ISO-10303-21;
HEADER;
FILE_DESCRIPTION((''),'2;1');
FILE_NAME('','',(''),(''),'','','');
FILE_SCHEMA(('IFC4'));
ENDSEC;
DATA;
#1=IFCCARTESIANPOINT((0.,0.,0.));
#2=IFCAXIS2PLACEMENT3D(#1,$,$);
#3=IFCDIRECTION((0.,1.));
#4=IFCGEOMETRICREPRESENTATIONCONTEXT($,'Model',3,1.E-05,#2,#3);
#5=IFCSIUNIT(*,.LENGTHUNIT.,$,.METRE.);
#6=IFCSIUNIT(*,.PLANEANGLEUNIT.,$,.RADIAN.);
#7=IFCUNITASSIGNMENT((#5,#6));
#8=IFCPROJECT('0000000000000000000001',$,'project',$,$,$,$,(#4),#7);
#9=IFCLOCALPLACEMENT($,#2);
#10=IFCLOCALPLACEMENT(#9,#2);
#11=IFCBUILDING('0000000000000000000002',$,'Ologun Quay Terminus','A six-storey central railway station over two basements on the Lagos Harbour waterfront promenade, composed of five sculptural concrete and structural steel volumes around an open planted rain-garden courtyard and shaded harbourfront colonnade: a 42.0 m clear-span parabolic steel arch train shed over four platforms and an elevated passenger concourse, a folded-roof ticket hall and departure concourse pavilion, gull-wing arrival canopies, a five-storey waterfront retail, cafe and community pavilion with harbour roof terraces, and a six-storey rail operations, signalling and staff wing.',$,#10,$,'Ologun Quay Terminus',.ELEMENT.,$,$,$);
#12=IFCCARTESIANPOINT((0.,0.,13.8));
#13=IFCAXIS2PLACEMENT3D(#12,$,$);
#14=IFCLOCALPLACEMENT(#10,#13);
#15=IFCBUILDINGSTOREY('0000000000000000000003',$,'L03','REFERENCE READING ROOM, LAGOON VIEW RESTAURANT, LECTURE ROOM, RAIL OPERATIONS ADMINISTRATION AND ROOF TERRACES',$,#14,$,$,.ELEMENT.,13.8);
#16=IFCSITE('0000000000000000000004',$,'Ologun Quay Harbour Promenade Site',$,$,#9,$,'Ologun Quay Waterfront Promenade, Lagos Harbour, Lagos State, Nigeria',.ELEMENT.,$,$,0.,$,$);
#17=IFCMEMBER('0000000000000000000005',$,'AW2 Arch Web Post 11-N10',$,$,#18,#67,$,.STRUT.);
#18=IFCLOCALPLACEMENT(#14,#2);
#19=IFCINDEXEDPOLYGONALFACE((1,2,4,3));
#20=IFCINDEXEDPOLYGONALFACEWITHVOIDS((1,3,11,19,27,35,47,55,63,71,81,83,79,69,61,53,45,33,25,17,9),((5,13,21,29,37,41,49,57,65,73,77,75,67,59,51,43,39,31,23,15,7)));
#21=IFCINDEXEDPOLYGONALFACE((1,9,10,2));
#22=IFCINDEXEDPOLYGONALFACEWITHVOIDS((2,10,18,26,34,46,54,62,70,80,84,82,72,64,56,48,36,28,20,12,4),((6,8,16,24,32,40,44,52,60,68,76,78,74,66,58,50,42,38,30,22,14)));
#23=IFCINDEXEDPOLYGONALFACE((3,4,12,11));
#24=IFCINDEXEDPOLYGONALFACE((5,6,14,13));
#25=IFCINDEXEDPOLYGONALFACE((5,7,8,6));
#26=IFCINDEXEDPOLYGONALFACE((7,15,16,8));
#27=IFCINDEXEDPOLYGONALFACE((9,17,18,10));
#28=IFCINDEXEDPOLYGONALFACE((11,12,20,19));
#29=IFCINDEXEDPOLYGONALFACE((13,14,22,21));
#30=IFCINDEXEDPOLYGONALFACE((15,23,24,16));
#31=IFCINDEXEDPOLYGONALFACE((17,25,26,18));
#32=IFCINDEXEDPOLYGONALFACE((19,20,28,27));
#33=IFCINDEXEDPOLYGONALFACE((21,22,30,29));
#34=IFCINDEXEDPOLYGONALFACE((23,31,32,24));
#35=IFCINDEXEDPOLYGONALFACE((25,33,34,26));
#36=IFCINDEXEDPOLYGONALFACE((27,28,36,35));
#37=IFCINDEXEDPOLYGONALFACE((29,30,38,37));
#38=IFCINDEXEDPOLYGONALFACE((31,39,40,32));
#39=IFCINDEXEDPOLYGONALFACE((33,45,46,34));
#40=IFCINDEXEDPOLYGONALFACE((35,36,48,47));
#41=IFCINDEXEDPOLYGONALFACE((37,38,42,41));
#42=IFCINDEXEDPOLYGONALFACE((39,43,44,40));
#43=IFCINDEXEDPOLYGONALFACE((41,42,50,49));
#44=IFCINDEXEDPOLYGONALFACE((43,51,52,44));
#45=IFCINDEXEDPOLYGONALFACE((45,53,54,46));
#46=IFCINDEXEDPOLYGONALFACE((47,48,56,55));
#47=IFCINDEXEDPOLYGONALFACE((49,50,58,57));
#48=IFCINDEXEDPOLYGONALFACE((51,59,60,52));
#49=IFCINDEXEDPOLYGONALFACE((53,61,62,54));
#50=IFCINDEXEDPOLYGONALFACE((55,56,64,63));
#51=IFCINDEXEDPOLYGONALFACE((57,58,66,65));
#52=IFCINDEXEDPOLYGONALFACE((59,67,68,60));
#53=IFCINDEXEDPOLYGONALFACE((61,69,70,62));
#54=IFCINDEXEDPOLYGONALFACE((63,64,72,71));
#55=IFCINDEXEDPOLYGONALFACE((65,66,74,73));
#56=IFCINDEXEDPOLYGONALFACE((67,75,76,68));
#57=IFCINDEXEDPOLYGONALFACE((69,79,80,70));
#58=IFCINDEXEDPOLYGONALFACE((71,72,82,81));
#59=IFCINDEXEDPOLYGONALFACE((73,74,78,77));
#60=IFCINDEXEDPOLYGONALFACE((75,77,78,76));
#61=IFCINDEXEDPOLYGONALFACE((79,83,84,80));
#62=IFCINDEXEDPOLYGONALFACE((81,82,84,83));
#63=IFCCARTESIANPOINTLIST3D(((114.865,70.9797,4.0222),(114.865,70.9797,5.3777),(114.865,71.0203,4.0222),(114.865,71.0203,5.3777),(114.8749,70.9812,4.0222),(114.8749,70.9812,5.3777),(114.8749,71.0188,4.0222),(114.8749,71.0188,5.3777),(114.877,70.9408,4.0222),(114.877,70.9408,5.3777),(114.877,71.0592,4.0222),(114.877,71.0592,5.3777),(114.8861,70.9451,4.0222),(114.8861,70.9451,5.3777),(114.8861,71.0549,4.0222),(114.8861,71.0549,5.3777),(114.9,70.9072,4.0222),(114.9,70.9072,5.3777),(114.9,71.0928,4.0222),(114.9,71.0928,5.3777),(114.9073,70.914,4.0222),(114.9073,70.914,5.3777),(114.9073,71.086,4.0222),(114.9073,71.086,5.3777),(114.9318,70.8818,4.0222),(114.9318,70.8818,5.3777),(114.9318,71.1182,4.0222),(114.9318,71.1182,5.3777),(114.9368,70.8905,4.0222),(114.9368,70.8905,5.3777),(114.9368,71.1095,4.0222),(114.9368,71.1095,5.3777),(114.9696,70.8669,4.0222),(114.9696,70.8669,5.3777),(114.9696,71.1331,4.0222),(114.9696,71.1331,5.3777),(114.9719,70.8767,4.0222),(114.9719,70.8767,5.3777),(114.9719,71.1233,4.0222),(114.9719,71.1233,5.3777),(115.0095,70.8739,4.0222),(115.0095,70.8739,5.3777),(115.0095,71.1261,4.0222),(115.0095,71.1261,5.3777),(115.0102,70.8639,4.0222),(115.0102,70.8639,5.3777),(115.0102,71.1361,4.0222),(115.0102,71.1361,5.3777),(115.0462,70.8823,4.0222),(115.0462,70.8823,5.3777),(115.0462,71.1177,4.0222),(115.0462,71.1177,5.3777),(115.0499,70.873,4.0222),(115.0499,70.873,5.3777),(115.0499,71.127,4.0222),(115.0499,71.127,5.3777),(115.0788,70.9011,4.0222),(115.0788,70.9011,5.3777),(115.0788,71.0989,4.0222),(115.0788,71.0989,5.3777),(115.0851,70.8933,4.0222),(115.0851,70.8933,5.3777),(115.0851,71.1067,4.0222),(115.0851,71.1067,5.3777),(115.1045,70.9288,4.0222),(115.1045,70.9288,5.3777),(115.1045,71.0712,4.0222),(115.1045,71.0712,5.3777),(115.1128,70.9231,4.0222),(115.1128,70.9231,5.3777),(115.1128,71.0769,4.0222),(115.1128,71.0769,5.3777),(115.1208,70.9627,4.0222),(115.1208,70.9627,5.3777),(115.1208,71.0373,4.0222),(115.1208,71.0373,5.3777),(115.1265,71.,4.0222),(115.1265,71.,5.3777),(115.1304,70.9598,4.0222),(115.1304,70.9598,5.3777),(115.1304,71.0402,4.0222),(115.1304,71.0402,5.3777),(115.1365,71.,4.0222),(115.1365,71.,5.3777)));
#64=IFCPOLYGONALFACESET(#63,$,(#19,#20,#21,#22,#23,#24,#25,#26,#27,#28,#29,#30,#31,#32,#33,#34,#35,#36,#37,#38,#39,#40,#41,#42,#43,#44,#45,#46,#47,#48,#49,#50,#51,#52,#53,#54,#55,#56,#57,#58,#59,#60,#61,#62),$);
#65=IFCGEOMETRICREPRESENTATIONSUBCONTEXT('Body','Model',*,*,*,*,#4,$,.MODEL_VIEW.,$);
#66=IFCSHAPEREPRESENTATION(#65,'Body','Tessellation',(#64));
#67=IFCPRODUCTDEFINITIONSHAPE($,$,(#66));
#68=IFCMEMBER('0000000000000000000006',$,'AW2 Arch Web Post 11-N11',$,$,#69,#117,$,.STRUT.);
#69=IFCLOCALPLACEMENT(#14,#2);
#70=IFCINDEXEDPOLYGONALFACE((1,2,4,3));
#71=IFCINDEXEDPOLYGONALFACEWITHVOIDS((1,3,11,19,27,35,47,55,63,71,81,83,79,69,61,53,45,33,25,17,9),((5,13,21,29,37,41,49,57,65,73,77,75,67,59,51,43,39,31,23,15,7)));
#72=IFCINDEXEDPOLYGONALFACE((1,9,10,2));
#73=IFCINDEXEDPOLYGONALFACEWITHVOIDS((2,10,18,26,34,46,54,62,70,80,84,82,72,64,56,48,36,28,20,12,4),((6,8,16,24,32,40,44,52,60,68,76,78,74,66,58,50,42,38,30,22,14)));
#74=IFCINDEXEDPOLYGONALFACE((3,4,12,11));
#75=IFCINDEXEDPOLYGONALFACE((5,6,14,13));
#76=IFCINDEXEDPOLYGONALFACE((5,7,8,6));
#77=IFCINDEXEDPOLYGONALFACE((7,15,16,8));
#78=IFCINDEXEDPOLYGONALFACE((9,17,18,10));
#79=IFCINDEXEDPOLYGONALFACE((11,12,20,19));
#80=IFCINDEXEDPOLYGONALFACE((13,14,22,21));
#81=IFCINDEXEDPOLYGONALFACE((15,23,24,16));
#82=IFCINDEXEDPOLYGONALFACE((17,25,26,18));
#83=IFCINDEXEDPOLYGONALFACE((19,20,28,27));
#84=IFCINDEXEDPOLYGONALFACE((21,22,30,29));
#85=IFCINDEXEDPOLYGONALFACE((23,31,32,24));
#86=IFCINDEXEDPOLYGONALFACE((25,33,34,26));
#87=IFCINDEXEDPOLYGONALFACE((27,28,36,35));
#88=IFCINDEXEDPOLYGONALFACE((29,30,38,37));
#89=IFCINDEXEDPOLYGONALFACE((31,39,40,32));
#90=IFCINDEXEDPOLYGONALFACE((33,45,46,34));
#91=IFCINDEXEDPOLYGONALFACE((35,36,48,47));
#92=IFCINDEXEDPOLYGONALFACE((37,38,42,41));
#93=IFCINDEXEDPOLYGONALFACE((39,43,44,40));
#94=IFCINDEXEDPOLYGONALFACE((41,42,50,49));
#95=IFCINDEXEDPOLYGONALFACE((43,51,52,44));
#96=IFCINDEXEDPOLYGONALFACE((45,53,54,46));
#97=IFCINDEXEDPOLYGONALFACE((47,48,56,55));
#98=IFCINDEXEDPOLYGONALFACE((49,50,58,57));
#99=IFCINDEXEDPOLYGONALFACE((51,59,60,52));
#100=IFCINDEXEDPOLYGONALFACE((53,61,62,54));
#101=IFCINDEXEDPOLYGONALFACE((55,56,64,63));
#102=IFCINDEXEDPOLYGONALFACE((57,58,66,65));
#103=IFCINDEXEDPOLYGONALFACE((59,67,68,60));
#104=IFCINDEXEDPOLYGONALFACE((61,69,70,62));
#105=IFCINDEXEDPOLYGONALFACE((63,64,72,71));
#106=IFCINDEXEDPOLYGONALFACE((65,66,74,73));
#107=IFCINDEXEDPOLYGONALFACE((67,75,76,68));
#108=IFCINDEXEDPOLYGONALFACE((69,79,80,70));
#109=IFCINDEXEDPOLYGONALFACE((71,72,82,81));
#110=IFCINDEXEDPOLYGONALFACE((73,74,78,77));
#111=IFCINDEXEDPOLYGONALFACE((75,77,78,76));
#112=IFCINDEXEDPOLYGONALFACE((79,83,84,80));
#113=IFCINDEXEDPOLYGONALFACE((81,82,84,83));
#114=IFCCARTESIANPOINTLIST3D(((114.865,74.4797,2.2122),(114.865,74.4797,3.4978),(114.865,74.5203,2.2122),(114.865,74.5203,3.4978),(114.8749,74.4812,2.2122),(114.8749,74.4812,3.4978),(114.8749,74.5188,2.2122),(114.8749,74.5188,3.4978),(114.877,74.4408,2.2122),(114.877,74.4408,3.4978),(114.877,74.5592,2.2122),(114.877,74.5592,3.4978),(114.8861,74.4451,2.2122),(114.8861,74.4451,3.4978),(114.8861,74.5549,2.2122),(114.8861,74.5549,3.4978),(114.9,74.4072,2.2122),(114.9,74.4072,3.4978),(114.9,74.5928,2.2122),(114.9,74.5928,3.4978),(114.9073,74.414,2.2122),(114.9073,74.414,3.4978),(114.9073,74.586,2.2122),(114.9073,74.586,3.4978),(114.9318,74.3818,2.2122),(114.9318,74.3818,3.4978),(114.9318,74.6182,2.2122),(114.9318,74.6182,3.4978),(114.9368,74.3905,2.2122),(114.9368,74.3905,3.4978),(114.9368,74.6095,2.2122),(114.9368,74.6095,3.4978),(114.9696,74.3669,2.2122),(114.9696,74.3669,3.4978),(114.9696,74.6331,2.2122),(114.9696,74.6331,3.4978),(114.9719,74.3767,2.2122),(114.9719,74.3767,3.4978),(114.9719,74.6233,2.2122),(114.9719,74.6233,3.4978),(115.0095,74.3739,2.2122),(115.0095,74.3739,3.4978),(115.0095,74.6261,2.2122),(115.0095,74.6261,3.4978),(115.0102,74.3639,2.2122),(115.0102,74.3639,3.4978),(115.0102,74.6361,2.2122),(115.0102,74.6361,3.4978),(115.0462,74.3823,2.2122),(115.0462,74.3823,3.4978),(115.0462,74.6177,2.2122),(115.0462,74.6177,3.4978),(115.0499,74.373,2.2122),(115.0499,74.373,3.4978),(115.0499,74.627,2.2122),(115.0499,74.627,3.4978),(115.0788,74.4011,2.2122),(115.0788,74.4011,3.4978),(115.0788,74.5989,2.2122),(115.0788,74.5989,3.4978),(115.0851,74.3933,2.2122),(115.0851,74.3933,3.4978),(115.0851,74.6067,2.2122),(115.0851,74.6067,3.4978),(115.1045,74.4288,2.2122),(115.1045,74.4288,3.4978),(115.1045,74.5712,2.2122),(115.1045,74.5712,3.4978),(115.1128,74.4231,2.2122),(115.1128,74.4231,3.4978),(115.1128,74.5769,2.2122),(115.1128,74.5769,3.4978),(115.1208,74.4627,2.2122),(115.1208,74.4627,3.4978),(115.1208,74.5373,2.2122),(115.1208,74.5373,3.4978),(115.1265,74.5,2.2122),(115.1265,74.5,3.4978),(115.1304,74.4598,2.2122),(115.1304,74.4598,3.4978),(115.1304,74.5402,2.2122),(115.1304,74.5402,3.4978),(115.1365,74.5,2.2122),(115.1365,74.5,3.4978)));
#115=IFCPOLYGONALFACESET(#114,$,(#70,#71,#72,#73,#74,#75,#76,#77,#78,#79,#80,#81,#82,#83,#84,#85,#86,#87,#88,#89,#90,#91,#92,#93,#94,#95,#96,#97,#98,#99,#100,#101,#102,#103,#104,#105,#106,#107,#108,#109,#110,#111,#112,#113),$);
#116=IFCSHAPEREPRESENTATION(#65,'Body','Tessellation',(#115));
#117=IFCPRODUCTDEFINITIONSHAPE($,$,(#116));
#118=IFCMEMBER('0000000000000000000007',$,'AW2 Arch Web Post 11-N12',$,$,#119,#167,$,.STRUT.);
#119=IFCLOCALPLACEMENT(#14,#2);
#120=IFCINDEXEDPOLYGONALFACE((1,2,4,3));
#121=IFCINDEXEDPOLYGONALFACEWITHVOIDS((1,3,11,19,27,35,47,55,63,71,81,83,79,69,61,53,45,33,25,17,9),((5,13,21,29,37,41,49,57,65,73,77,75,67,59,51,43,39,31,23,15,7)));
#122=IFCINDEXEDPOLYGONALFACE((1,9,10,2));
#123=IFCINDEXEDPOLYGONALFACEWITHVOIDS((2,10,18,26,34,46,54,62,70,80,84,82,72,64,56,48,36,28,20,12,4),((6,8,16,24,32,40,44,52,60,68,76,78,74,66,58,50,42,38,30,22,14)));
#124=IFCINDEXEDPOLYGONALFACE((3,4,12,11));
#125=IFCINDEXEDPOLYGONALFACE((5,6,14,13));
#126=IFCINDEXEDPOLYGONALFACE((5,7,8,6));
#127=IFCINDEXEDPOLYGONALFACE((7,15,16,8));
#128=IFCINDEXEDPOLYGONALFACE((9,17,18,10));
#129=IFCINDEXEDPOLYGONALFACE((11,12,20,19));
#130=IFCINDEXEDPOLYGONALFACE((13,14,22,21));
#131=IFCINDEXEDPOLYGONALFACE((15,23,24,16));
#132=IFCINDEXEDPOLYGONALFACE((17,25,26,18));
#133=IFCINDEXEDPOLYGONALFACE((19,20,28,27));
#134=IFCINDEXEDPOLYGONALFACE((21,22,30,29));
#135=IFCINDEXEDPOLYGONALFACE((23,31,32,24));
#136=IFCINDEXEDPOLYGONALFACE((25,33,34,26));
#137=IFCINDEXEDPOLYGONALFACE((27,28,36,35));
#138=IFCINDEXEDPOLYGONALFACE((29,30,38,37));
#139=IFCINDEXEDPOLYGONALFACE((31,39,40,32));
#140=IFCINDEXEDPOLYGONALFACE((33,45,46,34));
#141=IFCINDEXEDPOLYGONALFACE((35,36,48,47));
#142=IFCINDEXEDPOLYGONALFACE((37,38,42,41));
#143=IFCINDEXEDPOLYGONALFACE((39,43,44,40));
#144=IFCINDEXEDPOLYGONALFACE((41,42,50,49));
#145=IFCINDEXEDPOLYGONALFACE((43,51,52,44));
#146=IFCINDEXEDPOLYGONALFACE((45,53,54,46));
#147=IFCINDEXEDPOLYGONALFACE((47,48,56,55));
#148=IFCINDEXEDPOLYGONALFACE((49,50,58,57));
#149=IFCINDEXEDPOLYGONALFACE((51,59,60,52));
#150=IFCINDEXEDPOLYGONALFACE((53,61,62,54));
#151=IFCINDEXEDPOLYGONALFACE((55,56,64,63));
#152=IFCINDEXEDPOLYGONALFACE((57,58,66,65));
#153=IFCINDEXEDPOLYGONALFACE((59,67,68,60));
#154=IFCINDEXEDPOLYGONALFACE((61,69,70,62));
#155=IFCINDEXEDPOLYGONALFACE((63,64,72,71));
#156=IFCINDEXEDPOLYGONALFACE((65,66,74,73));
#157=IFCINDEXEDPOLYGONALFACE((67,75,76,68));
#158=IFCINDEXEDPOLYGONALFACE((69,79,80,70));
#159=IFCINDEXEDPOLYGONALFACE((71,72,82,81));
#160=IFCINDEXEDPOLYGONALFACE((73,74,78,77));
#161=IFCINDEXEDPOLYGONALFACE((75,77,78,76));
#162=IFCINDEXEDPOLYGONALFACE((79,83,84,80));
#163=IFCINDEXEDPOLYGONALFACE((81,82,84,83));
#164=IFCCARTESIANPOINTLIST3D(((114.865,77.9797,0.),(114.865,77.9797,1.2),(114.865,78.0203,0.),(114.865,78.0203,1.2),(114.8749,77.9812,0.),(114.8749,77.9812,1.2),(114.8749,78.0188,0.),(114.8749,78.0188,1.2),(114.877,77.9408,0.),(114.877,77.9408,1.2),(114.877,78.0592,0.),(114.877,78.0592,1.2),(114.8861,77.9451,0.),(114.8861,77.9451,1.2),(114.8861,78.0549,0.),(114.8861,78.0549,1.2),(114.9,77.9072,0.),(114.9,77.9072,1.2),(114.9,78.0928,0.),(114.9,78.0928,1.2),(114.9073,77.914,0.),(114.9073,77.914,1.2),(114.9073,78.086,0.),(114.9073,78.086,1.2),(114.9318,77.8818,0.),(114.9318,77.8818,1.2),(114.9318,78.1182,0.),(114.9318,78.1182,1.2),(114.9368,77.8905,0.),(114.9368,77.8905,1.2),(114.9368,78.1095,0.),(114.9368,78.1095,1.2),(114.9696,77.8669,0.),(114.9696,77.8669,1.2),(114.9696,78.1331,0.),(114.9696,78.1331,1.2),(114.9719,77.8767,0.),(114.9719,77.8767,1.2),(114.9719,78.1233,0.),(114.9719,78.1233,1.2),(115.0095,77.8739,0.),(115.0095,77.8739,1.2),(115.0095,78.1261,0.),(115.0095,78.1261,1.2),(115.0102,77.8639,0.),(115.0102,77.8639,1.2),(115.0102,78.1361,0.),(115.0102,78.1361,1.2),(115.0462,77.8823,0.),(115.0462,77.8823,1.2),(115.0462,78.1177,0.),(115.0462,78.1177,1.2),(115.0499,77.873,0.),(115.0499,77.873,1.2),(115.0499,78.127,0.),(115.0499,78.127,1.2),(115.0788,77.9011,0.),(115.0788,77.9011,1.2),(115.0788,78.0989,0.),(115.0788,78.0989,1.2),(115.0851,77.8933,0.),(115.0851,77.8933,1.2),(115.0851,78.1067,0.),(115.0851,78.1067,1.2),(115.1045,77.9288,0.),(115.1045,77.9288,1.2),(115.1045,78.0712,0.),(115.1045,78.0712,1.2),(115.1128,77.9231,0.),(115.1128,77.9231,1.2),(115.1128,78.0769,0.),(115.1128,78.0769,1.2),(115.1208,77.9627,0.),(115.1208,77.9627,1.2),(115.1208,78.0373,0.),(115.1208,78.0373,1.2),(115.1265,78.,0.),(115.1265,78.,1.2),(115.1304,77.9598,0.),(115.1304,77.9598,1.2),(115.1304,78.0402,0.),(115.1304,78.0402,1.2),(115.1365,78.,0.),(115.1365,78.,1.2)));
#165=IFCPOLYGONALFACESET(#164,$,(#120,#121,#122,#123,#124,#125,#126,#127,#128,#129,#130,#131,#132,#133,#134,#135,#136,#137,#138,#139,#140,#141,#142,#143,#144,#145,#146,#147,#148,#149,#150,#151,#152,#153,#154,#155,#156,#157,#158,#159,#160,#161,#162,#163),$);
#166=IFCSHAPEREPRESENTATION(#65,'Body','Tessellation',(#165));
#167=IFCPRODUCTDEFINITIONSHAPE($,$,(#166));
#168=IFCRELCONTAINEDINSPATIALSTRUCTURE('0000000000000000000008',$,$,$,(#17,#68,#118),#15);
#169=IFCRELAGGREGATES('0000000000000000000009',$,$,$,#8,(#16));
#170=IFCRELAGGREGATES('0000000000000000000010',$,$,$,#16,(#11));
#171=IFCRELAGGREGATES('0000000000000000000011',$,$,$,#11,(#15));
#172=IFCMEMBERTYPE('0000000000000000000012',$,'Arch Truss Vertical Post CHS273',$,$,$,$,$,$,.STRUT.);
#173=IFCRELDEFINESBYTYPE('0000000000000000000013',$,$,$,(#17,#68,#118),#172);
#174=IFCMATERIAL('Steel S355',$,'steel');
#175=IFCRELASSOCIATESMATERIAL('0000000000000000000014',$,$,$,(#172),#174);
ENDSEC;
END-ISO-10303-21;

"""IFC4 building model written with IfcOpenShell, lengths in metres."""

from ifc_helpers import new_model, si_unit, direction, frame, origin, origin_2d, place, context, subcontext, project, spatial, hollow_circle, extrude, material, material_profile, profile_set, type_object, element, save


model = new_model("IFC4")

# Units and contexts
model_context = context("Model", 3, precision=1e-05, world=origin(), true_north=direction((0.0, 1.0)))
body_context = subcontext(model_context, "Body", "Model", "MODEL_VIEW")
ifc_project = project(units=[si_unit("LENGTHUNIT", "METRE"), si_unit("PLANEANGLEUNIT", "RADIAN")], contexts=[model_context])

# Site, building, storey
site_placement = place(None, origin())
site = spatial("IfcSite", under=ifc_project, at=site_placement, Name="Ologun Quay Harbour Promenade Site", LongName="Ologun Quay Waterfront Promenade, Lagos Harbour, Lagos State, Nigeria", CompositionType="ELEMENT", RefElevation=0.0)
building_placement = place(site_placement, origin())
building = spatial("IfcBuilding", under=site, at=building_placement, Name="Ologun Quay Terminus", Description="A six-storey central railway station over two basements on the Lagos Harbour waterfront promenade, composed of five sculptural concrete and structural steel volumes around an open planted rain-garden courtyard and shaded harbourfront colonnade: a 42.0 m clear-span parabolic steel arch train shed over four platforms and an elevated passenger concourse, a folded-roof ticket hall and departure concourse pavilion, gull-wing arrival canopies, a five-storey waterfront retail, cafe and community pavilion with harbour roof terraces, and a six-storey rail operations, signalling and staff wing.", LongName="Ologun Quay Terminus", CompositionType="ELEMENT")
storey_placement = place(building_placement, frame((0.0, 0.0, 13.8)))
storey = spatial("IfcBuildingStorey", under=building, at=storey_placement, Name="L03", Description="REFERENCE READING ROOM, LAGOON VIEW RESTAURANT, LECTURE ROOM, RAIL OPERATIONS ADMINISTRATION AND ROOF TERRACES", CompositionType="ELEMENT", Elevation=13.8)

# Members
ifc_material_1 = material(Name="Steel S355", Category="steel")
ifc_material_profile_1 = material_profile(ifc_material_1, hollow_circle(Radius=0.1365, WallThickness=0.01, at=origin_2d()), Name="CHS 273x10")
ifc_profile_set_1 = profile_set([ifc_material_profile_1], Name="Steel S355")
member_type_1 = type_object("IfcMemberType", Name="Arch Truss Vertical Post CHS273", PredefinedType="STRUT", material=ifc_profile_set_1)
member_1_placement = place(storey_placement, frame((115.0, 71.0, 4.0222), z_axis=(0.0, 0.0, 1.0), x_axis=(1.0, 0.0, 0.0)))
element("IfcMember", 1, at=member_1_placement, inside=storey, type_object=member_type_1, Name="AW2 Arch Web Post 11-N10", PredefinedType="STRUT", context=body_context, shape_type="SweptSolid", body=[
    extrude(hollow_circle(Radius=0.1365, WallThickness=0.01, at=origin_2d()), origin(), (0.0, 0.0, 1.0), 1.3555),
])
member_2_placement = place(storey_placement, frame((115.0, 74.5, 2.2122), z_axis=(0.0, 0.0, 1.0), x_axis=(1.0, 0.0, 0.0)))
element("IfcMember", 2, at=member_2_placement, inside=storey, type_object=member_type_1, Name="AW2 Arch Web Post 11-N11", PredefinedType="STRUT", context=body_context, shape_type="SweptSolid", body=[
    extrude(hollow_circle(Radius=0.1365, WallThickness=0.01, at=origin_2d()), origin(), (0.0, 0.0, 1.0), 1.2856),
])
member_3_placement = place(storey_placement, frame((115.0, 78.0, 0.0), z_axis=(0.0, 0.0, 1.0), x_axis=(1.0, 0.0, 0.0)))
element("IfcMember", 3, at=member_3_placement, inside=storey, type_object=member_type_1, Name="AW2 Arch Web Post 11-N12", PredefinedType="STRUT", context=body_context, shape_type="SweptSolid", body=[
    extrude(hollow_circle(Radius=0.1365, WallThickness=0.01, at=origin_2d()), origin(), (0.0, 0.0, 1.0), 1.2),
])

save(model, "model.ifc")
